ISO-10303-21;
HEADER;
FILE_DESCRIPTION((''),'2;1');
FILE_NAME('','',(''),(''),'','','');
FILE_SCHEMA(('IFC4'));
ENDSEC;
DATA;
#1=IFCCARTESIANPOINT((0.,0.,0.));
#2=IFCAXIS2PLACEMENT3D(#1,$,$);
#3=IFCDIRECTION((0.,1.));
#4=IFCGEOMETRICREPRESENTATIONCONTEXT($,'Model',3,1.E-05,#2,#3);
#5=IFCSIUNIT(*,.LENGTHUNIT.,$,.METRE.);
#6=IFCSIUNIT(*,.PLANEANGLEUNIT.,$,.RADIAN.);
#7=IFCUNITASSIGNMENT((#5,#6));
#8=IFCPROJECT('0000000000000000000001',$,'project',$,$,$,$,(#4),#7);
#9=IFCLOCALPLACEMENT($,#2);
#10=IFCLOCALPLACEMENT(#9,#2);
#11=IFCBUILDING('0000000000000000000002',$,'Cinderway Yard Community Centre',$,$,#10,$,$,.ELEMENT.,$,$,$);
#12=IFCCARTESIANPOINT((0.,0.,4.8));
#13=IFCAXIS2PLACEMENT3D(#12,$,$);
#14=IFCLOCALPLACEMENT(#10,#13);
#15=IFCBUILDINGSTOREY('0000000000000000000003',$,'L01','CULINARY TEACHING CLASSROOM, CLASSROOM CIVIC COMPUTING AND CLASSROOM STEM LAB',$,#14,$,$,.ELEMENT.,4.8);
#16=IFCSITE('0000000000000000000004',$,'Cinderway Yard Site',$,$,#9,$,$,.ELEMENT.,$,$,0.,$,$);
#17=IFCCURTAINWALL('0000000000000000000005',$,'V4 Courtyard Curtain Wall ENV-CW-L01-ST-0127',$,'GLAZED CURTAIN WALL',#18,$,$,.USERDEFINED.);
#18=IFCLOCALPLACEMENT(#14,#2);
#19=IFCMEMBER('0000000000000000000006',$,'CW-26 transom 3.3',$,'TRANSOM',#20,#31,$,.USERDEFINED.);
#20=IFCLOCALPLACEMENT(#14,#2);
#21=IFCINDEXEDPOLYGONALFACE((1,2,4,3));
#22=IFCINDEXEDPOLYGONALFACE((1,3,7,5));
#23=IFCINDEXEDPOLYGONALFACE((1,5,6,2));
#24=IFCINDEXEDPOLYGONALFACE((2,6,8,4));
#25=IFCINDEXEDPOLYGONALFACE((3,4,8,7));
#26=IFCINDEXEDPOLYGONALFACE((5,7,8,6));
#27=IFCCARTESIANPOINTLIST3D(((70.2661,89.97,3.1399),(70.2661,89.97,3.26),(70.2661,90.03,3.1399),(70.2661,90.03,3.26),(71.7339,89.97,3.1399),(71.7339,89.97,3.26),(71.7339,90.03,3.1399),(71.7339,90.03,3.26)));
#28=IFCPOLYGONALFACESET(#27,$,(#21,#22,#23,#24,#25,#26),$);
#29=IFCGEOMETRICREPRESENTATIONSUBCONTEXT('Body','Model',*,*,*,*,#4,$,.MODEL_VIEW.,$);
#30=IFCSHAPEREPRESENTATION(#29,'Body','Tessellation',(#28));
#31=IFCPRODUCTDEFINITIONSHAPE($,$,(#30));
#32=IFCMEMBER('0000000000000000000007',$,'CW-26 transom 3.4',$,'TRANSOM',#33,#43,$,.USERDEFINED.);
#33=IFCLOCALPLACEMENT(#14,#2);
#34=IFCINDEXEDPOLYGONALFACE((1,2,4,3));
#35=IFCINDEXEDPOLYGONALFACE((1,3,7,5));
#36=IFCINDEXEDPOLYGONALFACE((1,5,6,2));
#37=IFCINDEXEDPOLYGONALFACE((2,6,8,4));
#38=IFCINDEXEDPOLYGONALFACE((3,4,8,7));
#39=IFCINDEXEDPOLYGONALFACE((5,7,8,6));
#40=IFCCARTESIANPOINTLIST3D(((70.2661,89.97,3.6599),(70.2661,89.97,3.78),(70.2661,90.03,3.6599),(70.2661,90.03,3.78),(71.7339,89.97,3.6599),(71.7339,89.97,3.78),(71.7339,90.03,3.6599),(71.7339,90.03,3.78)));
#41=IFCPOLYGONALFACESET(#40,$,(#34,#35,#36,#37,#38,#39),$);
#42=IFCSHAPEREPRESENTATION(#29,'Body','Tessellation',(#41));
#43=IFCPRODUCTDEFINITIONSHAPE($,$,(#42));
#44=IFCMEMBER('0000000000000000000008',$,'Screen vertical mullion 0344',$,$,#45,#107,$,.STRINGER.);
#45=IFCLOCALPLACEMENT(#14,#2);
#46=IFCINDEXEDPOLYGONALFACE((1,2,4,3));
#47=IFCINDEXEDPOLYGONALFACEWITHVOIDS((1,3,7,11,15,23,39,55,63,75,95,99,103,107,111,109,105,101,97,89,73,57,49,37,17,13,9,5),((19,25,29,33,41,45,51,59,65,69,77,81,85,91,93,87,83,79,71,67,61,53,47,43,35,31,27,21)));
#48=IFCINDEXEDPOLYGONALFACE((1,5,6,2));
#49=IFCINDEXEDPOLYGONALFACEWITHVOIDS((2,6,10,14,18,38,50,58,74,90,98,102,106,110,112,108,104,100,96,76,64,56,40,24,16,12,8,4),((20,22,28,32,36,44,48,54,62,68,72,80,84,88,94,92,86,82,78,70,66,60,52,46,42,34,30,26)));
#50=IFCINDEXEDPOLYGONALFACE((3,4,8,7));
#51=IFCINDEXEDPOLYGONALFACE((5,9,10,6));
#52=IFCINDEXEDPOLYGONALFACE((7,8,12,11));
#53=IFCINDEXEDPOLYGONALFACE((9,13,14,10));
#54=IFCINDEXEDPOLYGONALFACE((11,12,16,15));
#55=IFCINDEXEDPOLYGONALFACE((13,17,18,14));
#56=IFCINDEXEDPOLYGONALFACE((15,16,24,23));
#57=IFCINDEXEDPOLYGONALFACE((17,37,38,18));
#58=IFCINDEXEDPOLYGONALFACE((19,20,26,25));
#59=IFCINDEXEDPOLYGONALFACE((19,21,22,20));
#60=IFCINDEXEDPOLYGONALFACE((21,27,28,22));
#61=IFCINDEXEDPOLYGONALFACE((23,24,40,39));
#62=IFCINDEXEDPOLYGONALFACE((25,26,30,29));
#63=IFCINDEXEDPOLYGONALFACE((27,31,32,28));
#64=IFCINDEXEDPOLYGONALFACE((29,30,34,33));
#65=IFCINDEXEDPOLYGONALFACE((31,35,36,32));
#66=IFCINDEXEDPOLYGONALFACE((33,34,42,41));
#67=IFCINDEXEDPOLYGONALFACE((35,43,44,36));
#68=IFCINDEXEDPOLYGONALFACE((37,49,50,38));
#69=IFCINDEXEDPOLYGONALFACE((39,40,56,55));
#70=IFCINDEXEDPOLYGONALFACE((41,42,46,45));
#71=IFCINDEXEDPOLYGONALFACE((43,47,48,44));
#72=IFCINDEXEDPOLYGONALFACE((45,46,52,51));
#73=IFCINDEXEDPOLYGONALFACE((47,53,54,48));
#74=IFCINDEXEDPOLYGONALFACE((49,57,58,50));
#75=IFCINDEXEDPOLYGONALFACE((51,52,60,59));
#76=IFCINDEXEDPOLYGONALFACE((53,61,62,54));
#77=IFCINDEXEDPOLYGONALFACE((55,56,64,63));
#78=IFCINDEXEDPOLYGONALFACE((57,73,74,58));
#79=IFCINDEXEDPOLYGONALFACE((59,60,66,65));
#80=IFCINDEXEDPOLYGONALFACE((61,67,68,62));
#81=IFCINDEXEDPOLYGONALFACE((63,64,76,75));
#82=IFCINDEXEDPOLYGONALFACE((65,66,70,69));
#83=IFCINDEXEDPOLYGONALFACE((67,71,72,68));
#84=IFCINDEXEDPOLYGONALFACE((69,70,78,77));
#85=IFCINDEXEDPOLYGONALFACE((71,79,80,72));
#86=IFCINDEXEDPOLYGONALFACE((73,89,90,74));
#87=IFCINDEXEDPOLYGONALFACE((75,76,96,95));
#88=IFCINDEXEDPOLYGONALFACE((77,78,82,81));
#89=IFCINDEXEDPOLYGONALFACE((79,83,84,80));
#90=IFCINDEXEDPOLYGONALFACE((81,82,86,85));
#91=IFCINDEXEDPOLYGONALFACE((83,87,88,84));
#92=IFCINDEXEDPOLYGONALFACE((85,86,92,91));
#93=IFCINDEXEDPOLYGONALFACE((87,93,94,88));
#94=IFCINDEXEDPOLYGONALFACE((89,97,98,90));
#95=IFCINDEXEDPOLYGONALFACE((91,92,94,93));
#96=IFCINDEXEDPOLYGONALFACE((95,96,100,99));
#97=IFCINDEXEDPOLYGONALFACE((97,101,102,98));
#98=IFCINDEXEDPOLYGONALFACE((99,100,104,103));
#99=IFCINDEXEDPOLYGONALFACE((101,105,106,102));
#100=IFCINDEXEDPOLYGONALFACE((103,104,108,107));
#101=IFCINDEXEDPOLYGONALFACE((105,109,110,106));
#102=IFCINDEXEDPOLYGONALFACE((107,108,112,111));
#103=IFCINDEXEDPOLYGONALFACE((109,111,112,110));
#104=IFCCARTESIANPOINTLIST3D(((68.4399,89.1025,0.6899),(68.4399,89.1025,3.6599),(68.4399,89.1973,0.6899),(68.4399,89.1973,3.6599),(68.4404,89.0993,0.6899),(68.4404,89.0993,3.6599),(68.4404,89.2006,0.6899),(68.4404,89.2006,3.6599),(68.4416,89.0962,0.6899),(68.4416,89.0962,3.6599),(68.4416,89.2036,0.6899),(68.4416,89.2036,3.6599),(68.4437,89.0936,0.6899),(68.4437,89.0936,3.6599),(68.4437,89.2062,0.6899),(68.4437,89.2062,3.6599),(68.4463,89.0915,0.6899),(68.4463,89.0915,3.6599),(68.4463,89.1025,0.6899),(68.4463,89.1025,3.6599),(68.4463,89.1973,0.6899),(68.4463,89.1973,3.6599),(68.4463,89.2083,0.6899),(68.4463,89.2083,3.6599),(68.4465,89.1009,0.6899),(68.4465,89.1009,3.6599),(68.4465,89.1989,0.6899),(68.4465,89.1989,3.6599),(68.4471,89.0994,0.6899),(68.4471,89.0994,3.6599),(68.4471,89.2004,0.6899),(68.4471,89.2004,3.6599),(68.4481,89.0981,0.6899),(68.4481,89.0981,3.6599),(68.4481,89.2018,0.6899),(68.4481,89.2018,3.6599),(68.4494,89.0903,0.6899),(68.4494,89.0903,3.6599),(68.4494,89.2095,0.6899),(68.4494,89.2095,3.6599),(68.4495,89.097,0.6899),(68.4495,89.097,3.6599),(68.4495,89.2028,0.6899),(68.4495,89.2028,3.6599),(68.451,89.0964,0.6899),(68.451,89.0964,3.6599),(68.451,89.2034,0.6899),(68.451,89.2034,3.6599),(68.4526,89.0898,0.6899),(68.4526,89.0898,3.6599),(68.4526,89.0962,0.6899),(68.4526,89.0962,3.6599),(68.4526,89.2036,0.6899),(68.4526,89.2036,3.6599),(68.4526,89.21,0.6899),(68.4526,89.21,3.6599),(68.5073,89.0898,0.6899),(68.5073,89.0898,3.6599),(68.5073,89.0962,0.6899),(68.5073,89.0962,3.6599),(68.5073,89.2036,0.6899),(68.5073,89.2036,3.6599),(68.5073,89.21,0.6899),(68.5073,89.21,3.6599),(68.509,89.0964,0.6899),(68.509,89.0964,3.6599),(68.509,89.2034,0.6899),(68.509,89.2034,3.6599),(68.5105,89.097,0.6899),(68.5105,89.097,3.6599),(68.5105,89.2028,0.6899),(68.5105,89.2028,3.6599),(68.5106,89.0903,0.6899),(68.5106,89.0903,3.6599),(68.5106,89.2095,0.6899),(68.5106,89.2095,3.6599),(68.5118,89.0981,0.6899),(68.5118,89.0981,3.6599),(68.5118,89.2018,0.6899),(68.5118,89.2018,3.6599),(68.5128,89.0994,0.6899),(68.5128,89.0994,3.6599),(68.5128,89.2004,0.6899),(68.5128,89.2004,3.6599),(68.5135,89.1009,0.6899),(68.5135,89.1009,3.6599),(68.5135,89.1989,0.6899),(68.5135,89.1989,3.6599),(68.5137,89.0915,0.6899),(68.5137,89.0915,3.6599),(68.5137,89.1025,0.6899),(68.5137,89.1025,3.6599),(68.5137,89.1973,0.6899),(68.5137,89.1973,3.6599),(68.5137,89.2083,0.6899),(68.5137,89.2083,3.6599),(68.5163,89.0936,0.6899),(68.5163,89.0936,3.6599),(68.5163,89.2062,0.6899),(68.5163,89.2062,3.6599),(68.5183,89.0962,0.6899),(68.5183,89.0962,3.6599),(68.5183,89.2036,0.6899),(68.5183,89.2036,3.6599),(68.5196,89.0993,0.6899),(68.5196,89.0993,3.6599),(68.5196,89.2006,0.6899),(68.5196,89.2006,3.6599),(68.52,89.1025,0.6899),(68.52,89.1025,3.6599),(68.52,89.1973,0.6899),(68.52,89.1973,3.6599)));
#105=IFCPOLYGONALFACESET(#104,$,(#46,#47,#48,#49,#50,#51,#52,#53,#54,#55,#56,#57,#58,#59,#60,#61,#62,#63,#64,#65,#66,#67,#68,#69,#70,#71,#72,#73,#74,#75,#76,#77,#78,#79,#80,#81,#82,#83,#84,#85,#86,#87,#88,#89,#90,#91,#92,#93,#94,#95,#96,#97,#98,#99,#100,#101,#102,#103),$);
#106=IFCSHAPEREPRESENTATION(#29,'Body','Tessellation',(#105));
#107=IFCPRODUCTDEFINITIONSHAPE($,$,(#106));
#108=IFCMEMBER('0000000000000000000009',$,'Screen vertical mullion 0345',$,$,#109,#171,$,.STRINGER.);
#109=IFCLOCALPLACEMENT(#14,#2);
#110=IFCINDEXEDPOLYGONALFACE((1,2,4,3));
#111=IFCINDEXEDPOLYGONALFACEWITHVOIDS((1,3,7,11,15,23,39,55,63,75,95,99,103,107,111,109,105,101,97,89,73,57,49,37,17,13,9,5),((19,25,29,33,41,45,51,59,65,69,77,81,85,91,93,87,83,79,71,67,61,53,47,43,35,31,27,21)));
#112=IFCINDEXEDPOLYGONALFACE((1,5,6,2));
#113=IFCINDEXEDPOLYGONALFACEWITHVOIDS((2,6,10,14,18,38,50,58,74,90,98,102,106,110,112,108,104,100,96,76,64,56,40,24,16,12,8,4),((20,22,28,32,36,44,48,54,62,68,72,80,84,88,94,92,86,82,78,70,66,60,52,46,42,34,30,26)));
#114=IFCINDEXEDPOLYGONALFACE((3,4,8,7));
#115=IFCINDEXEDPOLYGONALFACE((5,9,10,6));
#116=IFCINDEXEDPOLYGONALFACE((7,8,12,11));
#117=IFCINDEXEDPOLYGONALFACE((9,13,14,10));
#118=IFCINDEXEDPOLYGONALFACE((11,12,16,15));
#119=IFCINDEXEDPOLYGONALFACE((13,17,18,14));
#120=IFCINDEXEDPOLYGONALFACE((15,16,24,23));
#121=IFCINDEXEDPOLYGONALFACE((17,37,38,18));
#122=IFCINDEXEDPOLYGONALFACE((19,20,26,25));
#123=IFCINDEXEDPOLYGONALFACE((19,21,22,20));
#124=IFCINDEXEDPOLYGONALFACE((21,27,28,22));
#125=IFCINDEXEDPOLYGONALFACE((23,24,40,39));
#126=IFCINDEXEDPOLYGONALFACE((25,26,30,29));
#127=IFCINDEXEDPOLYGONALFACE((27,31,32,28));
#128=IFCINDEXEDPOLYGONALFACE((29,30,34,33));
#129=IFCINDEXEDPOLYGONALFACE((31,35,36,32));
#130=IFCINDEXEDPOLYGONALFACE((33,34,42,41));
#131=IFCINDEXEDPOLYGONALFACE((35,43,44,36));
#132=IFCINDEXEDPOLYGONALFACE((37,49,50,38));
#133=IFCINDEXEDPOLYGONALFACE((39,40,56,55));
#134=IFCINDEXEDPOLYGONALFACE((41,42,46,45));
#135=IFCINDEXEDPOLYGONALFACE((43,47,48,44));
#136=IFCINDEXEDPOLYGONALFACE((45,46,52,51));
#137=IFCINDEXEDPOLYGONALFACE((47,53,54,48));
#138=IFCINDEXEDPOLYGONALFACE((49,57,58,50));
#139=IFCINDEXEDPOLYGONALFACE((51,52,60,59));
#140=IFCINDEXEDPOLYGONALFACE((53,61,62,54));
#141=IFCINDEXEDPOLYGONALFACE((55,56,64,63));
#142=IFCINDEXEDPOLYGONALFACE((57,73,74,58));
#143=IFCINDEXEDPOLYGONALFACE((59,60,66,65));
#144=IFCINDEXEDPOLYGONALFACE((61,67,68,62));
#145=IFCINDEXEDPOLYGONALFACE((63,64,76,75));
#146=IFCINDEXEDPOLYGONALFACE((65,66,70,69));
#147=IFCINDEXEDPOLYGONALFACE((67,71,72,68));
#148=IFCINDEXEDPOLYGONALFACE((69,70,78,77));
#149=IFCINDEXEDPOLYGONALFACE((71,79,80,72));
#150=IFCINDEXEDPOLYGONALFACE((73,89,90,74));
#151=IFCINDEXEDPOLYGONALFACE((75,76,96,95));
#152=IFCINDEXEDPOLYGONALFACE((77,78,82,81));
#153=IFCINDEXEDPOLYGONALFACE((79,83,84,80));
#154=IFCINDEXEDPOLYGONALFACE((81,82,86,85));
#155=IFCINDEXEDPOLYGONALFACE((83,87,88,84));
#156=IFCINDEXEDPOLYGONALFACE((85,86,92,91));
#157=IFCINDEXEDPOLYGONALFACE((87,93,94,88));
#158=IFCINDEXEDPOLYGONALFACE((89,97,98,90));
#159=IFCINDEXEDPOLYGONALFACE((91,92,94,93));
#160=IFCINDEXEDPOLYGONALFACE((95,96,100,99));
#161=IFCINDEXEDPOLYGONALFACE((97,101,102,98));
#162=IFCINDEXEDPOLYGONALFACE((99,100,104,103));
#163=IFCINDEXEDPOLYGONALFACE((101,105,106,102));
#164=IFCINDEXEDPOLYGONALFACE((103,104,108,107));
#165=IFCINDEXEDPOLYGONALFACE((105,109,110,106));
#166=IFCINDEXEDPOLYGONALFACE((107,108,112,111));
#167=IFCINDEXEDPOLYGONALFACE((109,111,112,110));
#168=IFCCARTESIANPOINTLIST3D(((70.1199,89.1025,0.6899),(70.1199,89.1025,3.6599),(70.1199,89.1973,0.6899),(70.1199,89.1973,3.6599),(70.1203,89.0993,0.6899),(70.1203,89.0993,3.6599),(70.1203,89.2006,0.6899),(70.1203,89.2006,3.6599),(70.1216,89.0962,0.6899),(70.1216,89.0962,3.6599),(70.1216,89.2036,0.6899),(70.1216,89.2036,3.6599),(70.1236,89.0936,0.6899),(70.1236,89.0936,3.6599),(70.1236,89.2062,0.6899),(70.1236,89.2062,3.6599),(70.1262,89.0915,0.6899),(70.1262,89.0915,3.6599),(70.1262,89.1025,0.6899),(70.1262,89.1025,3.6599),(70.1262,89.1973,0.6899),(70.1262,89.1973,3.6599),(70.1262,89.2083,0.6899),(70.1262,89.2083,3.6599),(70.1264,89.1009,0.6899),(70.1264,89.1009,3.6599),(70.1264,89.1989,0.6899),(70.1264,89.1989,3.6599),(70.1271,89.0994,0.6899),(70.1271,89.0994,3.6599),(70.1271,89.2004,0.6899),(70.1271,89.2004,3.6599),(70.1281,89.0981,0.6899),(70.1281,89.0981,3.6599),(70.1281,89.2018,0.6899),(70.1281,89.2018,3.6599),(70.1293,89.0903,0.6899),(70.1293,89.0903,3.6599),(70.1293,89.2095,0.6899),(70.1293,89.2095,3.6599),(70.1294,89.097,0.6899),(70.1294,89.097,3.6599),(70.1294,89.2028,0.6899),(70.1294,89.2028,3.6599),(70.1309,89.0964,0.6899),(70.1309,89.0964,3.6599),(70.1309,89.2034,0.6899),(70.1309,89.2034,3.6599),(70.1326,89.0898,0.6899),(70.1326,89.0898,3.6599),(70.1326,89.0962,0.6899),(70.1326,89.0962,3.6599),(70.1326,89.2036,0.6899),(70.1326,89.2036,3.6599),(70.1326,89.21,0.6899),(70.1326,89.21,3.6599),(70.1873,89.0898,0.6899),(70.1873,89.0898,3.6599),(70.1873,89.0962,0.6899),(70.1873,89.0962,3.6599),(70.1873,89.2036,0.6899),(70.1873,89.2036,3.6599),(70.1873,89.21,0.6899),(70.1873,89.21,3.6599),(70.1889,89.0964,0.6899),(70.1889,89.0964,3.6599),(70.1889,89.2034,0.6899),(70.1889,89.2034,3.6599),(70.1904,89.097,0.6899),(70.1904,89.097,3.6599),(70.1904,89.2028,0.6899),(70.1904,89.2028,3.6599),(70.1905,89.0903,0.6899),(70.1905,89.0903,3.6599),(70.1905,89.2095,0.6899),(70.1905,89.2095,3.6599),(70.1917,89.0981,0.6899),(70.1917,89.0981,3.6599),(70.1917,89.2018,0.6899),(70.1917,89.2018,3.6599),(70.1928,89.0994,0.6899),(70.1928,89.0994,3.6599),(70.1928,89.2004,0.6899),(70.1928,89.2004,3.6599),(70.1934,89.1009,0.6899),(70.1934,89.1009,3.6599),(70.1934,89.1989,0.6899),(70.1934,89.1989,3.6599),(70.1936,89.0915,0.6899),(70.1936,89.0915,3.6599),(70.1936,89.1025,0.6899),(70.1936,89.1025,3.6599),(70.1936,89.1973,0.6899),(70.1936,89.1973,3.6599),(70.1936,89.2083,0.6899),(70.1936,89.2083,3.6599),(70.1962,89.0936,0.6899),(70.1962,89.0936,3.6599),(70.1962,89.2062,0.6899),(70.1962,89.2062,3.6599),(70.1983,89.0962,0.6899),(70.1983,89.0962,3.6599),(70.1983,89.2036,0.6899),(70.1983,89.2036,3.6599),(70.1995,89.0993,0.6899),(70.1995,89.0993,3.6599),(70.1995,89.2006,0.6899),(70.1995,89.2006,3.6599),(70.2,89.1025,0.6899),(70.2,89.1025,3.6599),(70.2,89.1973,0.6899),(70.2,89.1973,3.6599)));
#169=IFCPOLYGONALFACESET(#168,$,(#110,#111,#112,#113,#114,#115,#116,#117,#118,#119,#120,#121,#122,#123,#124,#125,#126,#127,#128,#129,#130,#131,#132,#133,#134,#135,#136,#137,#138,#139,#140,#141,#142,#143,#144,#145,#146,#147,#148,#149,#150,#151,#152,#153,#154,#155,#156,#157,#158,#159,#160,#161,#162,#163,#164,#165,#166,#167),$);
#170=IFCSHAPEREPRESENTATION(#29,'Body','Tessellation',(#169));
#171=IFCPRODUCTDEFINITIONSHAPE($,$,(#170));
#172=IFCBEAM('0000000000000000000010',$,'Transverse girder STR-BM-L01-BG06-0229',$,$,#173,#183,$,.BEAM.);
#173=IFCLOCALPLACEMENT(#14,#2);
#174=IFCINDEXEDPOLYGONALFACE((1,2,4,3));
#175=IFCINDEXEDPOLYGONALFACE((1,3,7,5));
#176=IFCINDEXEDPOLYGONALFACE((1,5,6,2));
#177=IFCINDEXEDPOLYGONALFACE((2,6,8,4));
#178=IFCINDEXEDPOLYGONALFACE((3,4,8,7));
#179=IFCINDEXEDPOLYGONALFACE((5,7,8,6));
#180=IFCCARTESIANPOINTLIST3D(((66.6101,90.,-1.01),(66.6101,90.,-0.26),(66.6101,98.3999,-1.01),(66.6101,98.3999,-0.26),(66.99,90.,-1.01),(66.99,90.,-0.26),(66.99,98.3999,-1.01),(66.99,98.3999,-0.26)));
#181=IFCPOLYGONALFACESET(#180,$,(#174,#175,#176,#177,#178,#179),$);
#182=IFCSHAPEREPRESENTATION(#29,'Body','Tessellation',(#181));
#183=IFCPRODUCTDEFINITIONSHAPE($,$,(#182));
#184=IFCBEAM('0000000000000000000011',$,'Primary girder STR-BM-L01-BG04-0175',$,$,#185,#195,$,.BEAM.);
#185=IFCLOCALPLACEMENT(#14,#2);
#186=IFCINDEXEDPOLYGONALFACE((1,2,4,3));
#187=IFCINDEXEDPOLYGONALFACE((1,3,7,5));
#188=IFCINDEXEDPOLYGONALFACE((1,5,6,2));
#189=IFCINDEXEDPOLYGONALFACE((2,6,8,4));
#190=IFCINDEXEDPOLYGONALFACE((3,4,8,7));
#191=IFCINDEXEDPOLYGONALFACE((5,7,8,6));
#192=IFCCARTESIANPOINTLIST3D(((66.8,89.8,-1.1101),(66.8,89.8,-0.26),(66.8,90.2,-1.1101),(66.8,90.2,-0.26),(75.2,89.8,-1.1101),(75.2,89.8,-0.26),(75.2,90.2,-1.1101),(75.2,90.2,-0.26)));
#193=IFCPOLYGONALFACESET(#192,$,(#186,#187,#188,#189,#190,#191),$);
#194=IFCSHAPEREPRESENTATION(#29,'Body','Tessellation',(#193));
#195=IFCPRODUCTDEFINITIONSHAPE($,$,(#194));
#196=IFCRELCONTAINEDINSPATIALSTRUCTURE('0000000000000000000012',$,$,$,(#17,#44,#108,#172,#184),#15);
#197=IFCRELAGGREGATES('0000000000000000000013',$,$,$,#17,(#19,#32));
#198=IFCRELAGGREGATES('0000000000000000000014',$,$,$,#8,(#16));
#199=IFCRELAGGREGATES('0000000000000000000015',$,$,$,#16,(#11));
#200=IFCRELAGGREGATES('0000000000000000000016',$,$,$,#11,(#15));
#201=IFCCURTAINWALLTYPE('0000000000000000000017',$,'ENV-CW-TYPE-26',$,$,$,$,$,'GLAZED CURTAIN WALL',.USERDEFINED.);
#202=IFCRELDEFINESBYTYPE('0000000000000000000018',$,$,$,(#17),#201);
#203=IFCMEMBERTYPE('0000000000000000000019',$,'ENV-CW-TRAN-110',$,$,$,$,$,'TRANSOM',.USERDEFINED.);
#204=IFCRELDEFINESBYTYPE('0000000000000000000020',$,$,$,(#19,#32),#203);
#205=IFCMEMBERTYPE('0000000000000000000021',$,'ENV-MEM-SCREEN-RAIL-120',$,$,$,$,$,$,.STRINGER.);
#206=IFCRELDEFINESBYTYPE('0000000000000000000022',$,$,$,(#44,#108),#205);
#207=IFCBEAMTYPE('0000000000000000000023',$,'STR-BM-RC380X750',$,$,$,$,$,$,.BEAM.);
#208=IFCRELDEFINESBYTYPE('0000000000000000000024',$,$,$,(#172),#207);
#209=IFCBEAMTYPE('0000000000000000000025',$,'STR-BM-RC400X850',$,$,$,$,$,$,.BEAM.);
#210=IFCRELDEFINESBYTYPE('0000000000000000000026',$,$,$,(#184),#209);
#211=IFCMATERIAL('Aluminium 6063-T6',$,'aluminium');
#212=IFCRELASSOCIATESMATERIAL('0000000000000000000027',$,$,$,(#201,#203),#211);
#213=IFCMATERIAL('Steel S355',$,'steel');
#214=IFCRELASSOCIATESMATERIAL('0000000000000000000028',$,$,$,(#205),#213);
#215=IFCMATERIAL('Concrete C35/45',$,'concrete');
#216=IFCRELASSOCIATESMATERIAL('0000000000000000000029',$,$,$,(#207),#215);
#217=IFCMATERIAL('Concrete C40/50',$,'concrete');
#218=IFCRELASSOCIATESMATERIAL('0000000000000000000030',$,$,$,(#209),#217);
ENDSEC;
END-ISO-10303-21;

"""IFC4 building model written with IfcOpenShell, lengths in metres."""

from ifc_helpers import new_model, si_unit, direction, frame, origin, origin_2d, place, context, subcontext, project, spatial, rectangle, hollow_rectangle, extrude, material, material_profile, profile_set, type_object, element, aggregate, save


model = new_model("IFC4")

# Units and contexts
model_context = context("Model", 3, precision=1e-05, world=origin(), true_north=direction((0.0, 1.0)))
body_context = subcontext(model_context, "Body", "Model", "MODEL_VIEW")
ifc_project = project(units=[si_unit("LENGTHUNIT", "METRE"), si_unit("PLANEANGLEUNIT", "RADIAN")], contexts=[model_context])

# Site, building, storey
site_placement = place(None, origin())
site = spatial("IfcSite", under=ifc_project, at=site_placement, Name="Cinderway Yard Site", CompositionType="ELEMENT", RefElevation=0.0)
building_placement = place(site_placement, origin())
building = spatial("IfcBuilding", under=site, at=building_placement, Name="Cinderway Yard Community Centre", CompositionType="ELEMENT")
storey_placement = place(building_placement, frame((0.0, 0.0, 4.8)))
storey = spatial("IfcBuildingStorey", under=building, at=storey_placement, Name="L01", Description="CULINARY TEACHING CLASSROOM, CLASSROOM CIVIC COMPUTING AND CLASSROOM STEM LAB", CompositionType="ELEMENT", Elevation=4.8)

# Shared definitions
ifc_material_1 = material(Name="Concrete C40/50", Category="concrete")

# Curtain wall, members
ifc_material_2 = material(Name="Aluminium 6063-T6", Category="aluminium")
curtain_wall_type = type_object("IfcCurtainWallType", Name="ENV-CW-TYPE-26", ElementType="GLAZED CURTAIN WALL", PredefinedType="USERDEFINED", material=ifc_material_2)
curtain_wall_placement = place(storey_placement, origin())
curtain_wall = element("IfcCurtainWall", 1, at=curtain_wall_placement, inside=storey, type_object=curtain_wall_type, Name="V4 Courtyard Curtain Wall ENV-CW-L01-ST-0127", ObjectType="GLAZED CURTAIN WALL", PredefinedType="USERDEFINED")
ifc_material_profile_1 = material_profile(ifc_material_2, rectangle(XDim=0.0601, YDim=0.1201, at=origin_2d()), Name="Aluminium 6063-T6")
ifc_profile_set_1 = profile_set([ifc_material_profile_1], Name="Aluminium 6063-T6")
member_type_1 = type_object("IfcMemberType", Name="ENV-CW-TRAN-110", ElementType="TRANSOM", PredefinedType="USERDEFINED", material=ifc_profile_set_1)
member_1_placement = place(storey_placement, frame((70.2661, 90.0, 3.2), z_axis=(1.0, 0.0, 0.0), x_axis=(0.0, 1.0, 0.0)))
member_1 = element("IfcMember", 2, at=member_1_placement, type_object=member_type_1, Name="CW-26 transom 3.3", ObjectType="TRANSOM", PredefinedType="USERDEFINED", context=body_context, shape_type="SweptSolid", body=[
    extrude(rectangle(XDim=0.0601, YDim=0.1201, at=origin_2d()), origin(), (0.0, 0.0, 1.0), 1.4678),
])
member_2_placement = place(storey_placement, frame((70.2661, 90.0, 3.72), z_axis=(1.0, 0.0, 0.0), x_axis=(0.0, 1.0, 0.0)))
member_2 = element("IfcMember", 3, at=member_2_placement, type_object=member_type_1, Name="CW-26 transom 3.4", ObjectType="TRANSOM", PredefinedType="USERDEFINED", context=body_context, shape_type="SweptSolid", body=[
    extrude(rectangle(XDim=0.0601, YDim=0.1201, at=origin_2d()), origin(), (0.0, 0.0, 1.0), 1.4678),
])

# Members
ifc_material_3 = material(Name="Steel S355", Category="steel")
ifc_material_profile_2 = material_profile(ifc_material_3, hollow_rectangle(XDim=0.0801, YDim=0.1201, WallThickness=0.0063, InnerFilletRadius=0.0063, OuterFilletRadius=0.0127, at=origin_2d()), Name="Steel S355")
ifc_profile_set_2 = profile_set([ifc_material_profile_2], Name="Steel S355")
member_type_2 = type_object("IfcMemberType", Name="ENV-MEM-SCREEN-RAIL-120", PredefinedType="STRINGER", material=ifc_profile_set_2)
for number, where, z_axis, x_axis, name in (
    (4, (68.48, 89.1499, 0.6899), (0.0, 0.0, 1.0), (1.0, 0.0, 0.0), "Screen vertical mullion 0344"),
    (5, (70.1599, 89.1499, 0.6899), (0.0, 0.0, 1.0), (1.0, 0.0, 0.0), "Screen vertical mullion 0345"),
):
    element("IfcMember", number, at=place(storey_placement, frame(where, z_axis=z_axis, x_axis=x_axis)), inside=storey, type_object=member_type_2, Name=name, PredefinedType="STRINGER", context=body_context, shape_type="SweptSolid", body=[
        extrude(hollow_rectangle(XDim=0.0801, YDim=0.1201, WallThickness=0.0063, InnerFilletRadius=0.0063, OuterFilletRadius=0.0127, at=origin_2d()), origin(), (0.0, 0.0, 1.0), 2.97),
    ])

# Beams
ifc_material_4 = material(Name="Concrete C35/45", Category="concrete")
ifc_material_profile_3 = material_profile(ifc_material_4, rectangle(XDim=0.3799, YDim=0.75, at=origin_2d()), Name="Concrete C35/45")
ifc_profile_set_3 = profile_set([ifc_material_profile_3], Name="Concrete C35/45")
beam_type_1 = type_object("IfcBeamType", Name="STR-BM-RC380X750", PredefinedType="BEAM", material=ifc_profile_set_3)
beam_1_placement = place(storey_placement, frame((66.8, 90.0, -0.635), z_axis=(0.0, 1.0, 0.0), x_axis=(-1.0, 0.0, 0.0)))
element("IfcBeam", 6, at=beam_1_placement, inside=storey, type_object=beam_type_1, Name="Transverse girder STR-BM-L01-BG06-0229", PredefinedType="BEAM", context=body_context, shape_type="SweptSolid", body=[
    extrude(rectangle(XDim=0.3799, YDim=0.75, at=origin_2d()), origin(), (0.0, 0.0, 1.0), 8.3999),
])
ifc_material_profile_4 = material_profile(ifc_material_1, rectangle(XDim=0.3999, YDim=0.8501, at=origin_2d()), Name="Concrete C40/50")
ifc_profile_set_4 = profile_set([ifc_material_profile_4], Name="Concrete C40/50")
beam_type_2 = type_object("IfcBeamType", Name="STR-BM-RC400X850", PredefinedType="BEAM", material=ifc_profile_set_4)
beam_2_placement = place(storey_placement, frame((66.8, 90.0, -0.6851), z_axis=(1.0, 0.0, 0.0), x_axis=(0.0, 1.0, 0.0)))
element("IfcBeam", 7, at=beam_2_placement, inside=storey, type_object=beam_type_2, Name="Primary girder STR-BM-L01-BG04-0175", PredefinedType="BEAM", context=body_context, shape_type="SweptSolid", body=[
    extrude(rectangle(XDim=0.3999, YDim=0.8501, at=origin_2d()), origin(), (0.0, 0.0, 1.0), 8.3999),
])

aggregate(curtain_wall, [member_1, member_2])

save(model, "model.ifc")
